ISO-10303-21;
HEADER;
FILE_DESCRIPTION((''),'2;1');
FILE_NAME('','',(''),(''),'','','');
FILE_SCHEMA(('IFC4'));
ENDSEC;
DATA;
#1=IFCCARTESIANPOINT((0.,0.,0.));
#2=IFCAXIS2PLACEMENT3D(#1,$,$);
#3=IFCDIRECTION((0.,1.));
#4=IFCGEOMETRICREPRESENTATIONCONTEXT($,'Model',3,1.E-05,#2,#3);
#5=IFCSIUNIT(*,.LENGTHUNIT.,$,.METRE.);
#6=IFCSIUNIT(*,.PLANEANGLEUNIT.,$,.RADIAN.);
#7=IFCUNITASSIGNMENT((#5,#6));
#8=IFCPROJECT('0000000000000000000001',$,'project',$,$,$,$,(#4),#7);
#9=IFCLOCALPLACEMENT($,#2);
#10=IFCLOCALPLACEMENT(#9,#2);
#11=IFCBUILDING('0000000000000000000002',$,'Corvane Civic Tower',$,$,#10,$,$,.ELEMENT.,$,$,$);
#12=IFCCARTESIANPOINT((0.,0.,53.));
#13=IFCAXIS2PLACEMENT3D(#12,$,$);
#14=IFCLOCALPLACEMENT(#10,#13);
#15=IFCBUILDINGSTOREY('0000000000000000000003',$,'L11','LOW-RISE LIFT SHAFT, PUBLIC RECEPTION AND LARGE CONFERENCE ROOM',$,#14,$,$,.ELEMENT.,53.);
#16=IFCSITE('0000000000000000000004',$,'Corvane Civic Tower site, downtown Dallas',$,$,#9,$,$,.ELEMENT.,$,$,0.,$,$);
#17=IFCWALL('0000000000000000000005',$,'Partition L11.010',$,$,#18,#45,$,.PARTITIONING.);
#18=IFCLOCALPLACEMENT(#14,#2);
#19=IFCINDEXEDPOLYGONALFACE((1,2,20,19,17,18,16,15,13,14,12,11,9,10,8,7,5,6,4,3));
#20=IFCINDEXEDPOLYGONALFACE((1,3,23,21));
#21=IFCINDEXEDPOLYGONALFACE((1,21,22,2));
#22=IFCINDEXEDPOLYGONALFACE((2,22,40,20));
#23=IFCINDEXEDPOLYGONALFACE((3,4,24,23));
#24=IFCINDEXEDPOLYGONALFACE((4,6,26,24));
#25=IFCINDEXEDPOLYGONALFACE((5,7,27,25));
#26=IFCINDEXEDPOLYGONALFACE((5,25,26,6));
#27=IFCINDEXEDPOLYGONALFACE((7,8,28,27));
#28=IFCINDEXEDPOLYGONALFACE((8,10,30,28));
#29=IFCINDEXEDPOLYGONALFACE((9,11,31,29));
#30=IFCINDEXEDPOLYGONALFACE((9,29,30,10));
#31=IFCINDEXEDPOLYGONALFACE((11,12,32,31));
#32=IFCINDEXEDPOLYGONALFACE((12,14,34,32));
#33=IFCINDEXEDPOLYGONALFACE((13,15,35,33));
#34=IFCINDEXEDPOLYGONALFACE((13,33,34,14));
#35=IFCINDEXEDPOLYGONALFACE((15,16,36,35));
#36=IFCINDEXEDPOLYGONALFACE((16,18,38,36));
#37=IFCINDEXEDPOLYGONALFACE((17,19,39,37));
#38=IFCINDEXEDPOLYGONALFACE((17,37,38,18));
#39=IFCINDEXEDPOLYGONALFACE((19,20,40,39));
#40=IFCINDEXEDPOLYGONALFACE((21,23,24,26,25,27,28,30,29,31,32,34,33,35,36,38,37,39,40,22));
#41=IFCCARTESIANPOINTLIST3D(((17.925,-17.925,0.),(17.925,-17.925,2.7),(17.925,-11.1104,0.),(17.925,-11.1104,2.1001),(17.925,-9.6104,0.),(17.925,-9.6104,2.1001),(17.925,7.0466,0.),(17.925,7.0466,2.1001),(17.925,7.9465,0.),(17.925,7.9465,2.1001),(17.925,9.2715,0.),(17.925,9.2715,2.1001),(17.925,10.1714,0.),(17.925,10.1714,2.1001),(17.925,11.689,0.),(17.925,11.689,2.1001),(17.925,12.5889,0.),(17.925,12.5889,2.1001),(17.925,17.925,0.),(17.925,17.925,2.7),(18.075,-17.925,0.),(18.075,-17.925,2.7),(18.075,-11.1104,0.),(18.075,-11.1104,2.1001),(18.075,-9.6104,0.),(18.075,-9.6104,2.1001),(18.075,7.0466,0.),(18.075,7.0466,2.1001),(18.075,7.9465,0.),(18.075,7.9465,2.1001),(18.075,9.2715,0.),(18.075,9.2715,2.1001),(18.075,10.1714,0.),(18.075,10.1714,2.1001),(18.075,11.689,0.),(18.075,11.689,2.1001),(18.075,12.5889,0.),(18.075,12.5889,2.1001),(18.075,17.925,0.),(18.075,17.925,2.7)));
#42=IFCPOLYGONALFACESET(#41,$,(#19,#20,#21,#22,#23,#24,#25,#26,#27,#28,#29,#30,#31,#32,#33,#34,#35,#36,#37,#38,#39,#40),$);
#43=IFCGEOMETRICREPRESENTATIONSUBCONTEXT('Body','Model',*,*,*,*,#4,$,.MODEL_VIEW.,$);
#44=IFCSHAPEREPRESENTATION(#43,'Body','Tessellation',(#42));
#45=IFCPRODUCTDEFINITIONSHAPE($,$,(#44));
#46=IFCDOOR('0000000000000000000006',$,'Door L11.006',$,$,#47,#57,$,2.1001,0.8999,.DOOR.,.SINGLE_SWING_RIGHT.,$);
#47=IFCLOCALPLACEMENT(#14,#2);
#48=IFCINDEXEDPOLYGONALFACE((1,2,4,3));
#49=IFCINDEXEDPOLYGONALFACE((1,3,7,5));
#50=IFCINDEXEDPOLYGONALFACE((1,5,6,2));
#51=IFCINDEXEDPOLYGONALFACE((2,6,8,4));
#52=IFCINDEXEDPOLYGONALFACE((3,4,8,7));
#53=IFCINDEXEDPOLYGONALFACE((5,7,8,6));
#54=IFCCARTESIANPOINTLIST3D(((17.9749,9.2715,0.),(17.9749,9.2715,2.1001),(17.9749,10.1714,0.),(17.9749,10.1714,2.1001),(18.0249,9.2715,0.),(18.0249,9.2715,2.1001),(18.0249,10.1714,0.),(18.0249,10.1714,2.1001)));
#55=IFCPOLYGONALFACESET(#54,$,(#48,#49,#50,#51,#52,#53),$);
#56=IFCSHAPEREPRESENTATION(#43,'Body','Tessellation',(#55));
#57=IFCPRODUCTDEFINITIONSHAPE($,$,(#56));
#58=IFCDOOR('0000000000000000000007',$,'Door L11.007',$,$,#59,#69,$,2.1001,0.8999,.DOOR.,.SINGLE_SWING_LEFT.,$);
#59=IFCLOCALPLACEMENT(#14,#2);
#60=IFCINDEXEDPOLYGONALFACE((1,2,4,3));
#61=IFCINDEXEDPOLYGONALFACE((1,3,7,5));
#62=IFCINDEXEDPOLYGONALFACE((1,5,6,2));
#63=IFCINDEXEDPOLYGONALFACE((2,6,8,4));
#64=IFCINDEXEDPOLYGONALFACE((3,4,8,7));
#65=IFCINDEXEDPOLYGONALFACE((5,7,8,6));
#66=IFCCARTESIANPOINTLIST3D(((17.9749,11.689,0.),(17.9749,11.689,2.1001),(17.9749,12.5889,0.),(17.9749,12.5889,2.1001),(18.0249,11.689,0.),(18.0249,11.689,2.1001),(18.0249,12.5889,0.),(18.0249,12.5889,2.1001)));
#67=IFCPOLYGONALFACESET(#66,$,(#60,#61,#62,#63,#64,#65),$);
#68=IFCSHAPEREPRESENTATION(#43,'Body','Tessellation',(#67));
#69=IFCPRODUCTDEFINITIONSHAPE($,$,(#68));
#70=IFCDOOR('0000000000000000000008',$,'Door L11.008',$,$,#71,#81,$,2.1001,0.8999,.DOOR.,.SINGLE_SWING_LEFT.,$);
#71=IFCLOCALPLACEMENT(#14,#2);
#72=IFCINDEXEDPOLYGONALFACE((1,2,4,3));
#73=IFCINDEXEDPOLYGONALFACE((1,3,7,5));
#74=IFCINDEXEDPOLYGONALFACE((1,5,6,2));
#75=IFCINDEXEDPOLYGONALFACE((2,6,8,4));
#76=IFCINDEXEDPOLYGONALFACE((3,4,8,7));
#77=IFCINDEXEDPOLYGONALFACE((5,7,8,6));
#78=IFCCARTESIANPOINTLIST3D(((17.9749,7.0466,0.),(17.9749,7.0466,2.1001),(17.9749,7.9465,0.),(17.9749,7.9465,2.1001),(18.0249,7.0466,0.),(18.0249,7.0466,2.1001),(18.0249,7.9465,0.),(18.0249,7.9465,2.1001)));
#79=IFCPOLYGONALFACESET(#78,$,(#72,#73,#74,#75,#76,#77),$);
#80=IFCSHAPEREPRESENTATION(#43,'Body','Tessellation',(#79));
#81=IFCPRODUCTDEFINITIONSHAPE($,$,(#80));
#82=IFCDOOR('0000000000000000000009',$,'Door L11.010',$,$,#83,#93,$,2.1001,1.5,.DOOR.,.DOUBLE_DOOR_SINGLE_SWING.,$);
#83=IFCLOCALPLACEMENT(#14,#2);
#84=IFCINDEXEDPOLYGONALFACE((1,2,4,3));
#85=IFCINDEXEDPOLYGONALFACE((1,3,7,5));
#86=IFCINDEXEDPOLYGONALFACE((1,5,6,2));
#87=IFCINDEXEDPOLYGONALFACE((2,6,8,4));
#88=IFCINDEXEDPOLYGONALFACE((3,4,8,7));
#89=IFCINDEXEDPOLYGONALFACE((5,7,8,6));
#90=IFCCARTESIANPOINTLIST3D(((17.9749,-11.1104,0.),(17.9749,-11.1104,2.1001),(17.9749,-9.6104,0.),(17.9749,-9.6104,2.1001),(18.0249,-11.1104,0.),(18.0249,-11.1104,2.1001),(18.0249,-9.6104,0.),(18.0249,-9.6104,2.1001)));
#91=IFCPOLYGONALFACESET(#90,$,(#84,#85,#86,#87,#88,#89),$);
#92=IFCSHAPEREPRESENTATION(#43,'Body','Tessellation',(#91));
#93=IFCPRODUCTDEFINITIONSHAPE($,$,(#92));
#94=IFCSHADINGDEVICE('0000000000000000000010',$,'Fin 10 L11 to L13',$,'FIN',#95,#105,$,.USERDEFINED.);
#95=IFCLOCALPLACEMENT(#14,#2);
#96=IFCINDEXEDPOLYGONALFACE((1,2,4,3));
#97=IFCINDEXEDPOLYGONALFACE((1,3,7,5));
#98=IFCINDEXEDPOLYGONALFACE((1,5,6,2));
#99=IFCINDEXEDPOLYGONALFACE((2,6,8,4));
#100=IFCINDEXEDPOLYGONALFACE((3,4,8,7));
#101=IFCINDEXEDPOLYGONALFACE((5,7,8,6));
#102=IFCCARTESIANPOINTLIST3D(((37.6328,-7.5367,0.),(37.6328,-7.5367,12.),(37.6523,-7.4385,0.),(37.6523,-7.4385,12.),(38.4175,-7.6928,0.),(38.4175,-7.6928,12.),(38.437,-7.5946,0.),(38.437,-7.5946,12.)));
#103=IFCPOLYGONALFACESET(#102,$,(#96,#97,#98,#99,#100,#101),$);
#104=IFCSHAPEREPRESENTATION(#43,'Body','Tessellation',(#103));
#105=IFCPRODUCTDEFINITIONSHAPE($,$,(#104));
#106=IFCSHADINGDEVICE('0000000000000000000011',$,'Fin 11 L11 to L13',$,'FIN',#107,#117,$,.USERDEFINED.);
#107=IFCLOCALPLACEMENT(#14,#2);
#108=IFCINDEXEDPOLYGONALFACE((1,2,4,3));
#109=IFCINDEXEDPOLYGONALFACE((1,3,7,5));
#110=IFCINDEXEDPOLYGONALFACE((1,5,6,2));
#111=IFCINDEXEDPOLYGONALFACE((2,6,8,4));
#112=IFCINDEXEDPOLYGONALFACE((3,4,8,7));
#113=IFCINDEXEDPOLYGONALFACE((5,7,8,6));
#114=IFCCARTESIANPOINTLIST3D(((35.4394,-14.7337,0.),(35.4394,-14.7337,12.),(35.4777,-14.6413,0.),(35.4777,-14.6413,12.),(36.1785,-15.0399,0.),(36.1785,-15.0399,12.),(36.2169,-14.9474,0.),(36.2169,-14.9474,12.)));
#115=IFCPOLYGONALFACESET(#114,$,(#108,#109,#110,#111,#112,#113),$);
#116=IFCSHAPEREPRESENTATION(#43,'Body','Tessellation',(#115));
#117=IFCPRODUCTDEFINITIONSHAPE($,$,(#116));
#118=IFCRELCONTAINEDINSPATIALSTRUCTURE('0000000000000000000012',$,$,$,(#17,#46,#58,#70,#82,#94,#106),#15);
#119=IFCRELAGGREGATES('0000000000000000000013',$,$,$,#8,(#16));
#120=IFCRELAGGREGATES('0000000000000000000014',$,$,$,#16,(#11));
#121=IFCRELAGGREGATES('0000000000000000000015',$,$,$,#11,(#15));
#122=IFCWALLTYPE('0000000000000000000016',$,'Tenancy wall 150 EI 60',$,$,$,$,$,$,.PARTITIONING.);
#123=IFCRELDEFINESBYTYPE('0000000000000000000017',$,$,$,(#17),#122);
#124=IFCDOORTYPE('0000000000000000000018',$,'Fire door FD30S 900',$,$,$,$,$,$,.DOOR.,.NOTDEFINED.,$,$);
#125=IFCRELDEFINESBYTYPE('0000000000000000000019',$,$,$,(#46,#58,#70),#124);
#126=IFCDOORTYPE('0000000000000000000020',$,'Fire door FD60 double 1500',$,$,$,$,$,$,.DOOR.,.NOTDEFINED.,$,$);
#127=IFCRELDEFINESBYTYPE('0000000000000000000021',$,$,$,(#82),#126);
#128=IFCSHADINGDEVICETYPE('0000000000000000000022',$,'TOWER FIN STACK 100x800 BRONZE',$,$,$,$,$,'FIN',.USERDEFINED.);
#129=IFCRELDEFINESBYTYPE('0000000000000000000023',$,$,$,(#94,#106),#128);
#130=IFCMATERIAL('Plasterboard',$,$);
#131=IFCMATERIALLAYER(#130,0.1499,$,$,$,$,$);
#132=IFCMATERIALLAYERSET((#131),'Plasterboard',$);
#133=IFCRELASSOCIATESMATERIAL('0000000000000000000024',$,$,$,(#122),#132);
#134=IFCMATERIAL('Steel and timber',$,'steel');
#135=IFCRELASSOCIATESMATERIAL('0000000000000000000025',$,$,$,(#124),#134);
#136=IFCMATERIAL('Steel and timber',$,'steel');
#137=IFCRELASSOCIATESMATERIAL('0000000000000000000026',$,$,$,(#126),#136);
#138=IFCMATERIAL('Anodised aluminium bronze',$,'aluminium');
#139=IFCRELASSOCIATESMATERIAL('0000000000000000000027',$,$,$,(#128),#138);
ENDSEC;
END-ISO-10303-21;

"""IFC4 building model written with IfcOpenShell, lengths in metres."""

from ifc_helpers import new_model, si_unit, direction, frame, frame_2d, origin, origin_2d, place, context, subcontext, project, spatial, rectangle, extrude, material, layer, layer_set, material_profile, profile_set, type_object, element, fill, save


model = new_model("IFC4")

# Units and contexts
model_context = context("Model", 3, precision=1e-05, world=origin(), true_north=direction((0.0, 1.0)))
body_context = subcontext(model_context, "Body", "Model", "MODEL_VIEW")
ifc_project = project(units=[si_unit("LENGTHUNIT", "METRE"), si_unit("PLANEANGLEUNIT", "RADIAN")], contexts=[model_context])

# Site, building, storey
site_placement = place(None, origin())
site = spatial("IfcSite", under=ifc_project, at=site_placement, Name="Corvane Civic Tower site, downtown Dallas", CompositionType="ELEMENT", RefElevation=0.0)
building_placement = place(site_placement, origin())
building = spatial("IfcBuilding", under=site, at=building_placement, Name="Corvane Civic Tower", CompositionType="ELEMENT")
storey_placement = place(building_placement, frame((0.0, 0.0, 53.0)))
storey = spatial("IfcBuildingStorey", under=building, at=storey_placement, Name="L11", Description="LOW-RISE LIFT SHAFT, PUBLIC RECEPTION AND LARGE CONFERENCE ROOM", CompositionType="ELEMENT", Elevation=53.0)

# Wall, openings, doors
ifc_material_1 = material(Name="Plasterboard")
ifc_layer_1 = layer(ifc_material_1, 0.1499)
ifc_layer_set_1 = layer_set([ifc_layer_1], Name="Plasterboard")
wall_type_1 = type_object("IfcWallType", Name="Tenancy wall 150 EI 60", PredefinedType="PARTITIONING", material=ifc_layer_set_1)
wall_1_placement = place(storey_placement, frame((18.0, -17.925, 0.0), z_axis=(0.0, 0.0, 1.0), x_axis=(0.0, 1.0, 0.0)))
wall_1 = element("IfcWall", 1, at=wall_1_placement, inside=storey, type_object=wall_type_1, Name="Partition L11.010", PredefinedType="PARTITIONING", context=body_context, shape_type="SweptSolid", body=[
    extrude(rectangle(XDim=35.8501, YDim=0.1499, at=frame_2d((17.925, 0.0))), origin(), (0.0, 0.0, 1.0), 2.7),
])
opening_1_placement = place(wall_1_placement, frame((27.1965, 0.0, 0.0)))
opening_1 = element("IfcOpeningElement", 2, at=opening_1_placement, cuts=wall_1, PredefinedType="OPENING", context=body_context, shape_type="SweptSolid", body=[
    extrude(rectangle(XDim=0.8999, YDim=2.1001, at=frame_2d((0.45, 1.05))), frame((0.0, 0.085, 0.0), z_axis=(0.0, -1.0, 0.0), x_axis=(1.0, 0.0, 0.0)), (0.0, 0.0, 1.0), 0.1699),
])
opening_2_placement = place(wall_1_placement, frame((29.614, 0.0, 0.0)))
opening_2 = element("IfcOpeningElement", 3, at=opening_2_placement, cuts=wall_1, PredefinedType="OPENING", context=body_context, shape_type="SweptSolid", body=[
    extrude(rectangle(XDim=0.8999, YDim=2.1001, at=frame_2d((0.45, 1.05))), frame((0.0, 0.085, 0.0), z_axis=(0.0, -1.0, 0.0), x_axis=(1.0, 0.0, 0.0)), (0.0, 0.0, 1.0), 0.1699),
])
opening_3_placement = place(wall_1_placement, frame((24.9717, 0.0, 0.0)))
opening_3 = element("IfcOpeningElement", 4, at=opening_3_placement, cuts=wall_1, PredefinedType="OPENING", context=body_context, shape_type="SweptSolid", body=[
    extrude(rectangle(XDim=0.8999, YDim=2.1001, at=frame_2d((0.45, 1.05))), frame((0.0, 0.085, 0.0), z_axis=(0.0, -1.0, 0.0), x_axis=(1.0, 0.0, 0.0)), (0.0, 0.0, 1.0), 0.1699),
])
opening_4_placement = place(wall_1_placement, frame((6.8147, 0.0, 0.0)))
opening_4 = element("IfcOpeningElement", 5, at=opening_4_placement, cuts=wall_1, PredefinedType="OPENING", context=body_context, shape_type="SweptSolid", body=[
    extrude(rectangle(XDim=1.5, YDim=2.1001, at=frame_2d((0.75, 1.05))), frame((0.0, 0.085, 0.0), z_axis=(0.0, -1.0, 0.0), x_axis=(1.0, 0.0, 0.0)), (0.0, 0.0, 1.0), 0.1699),
])
ifc_material_2 = material(Name="Steel and timber", Category="steel")
door_type_1 = type_object("IfcDoorType", Name="Fire door FD30S 900", OperationType="NOTDEFINED", PredefinedType="DOOR", material=ifc_material_2)
door_1_placement = place(opening_1_placement, frame((0.8999, 0.0, 0.0), z_axis=(0.0, 0.0, 1.0), x_axis=(-1.0, 0.0, 0.0)))
door_1 = element("IfcDoor", 6, at=door_1_placement, inside=storey, type_object=door_type_1, Name="Door L11.006", OperationType="SINGLE_SWING_RIGHT", OverallHeight=2.1001, OverallWidth=0.8999, PredefinedType="DOOR", context=body_context, shape_type="SweptSolid", body=[
    extrude(rectangle(XDim=0.8999, YDim=2.1001, at=frame_2d((0.45, 1.05))), frame((0.0, 0.0249, 0.0), z_axis=(0.0, -1.0, 0.0), x_axis=(1.0, 0.0, 0.0)), (0.0, 0.0, 1.0), 0.05),
])
fill(opening_1, door_1)
door_2_placement = place(opening_2_placement, frame((0.8999, 0.0, 0.0), z_axis=(0.0, 0.0, 1.0), x_axis=(-1.0, 0.0, 0.0)))
door_2 = element("IfcDoor", 7, at=door_2_placement, inside=storey, type_object=door_type_1, Name="Door L11.007", OperationType="SINGLE_SWING_LEFT", OverallHeight=2.1001, OverallWidth=0.8999, PredefinedType="DOOR", context=body_context, shape_type="SweptSolid", body=[
    extrude(rectangle(XDim=0.8999, YDim=2.1001, at=frame_2d((0.45, 1.05))), frame((0.0, 0.0249, 0.0), z_axis=(0.0, -1.0, 0.0), x_axis=(1.0, 0.0, 0.0)), (0.0, 0.0, 1.0), 0.05),
])
fill(opening_2, door_2)
door_3_placement = place(opening_3_placement, frame((0.8999, 0.0, 0.0), z_axis=(0.0, 0.0, 1.0), x_axis=(-1.0, 0.0, 0.0)))
door_3 = element("IfcDoor", 8, at=door_3_placement, inside=storey, type_object=door_type_1, Name="Door L11.008", OperationType="SINGLE_SWING_LEFT", OverallHeight=2.1001, OverallWidth=0.8999, PredefinedType="DOOR", context=body_context, shape_type="SweptSolid", body=[
    extrude(rectangle(XDim=0.8999, YDim=2.1001, at=frame_2d((0.45, 1.05))), frame((0.0, 0.0249, 0.0), z_axis=(0.0, -1.0, 0.0), x_axis=(1.0, 0.0, 0.0)), (0.0, 0.0, 1.0), 0.05),
])
fill(opening_3, door_3)
ifc_material_3 = material(Name="Steel and timber", Category="steel")
door_type_2 = type_object("IfcDoorType", Name="Fire door FD60 double 1500", OperationType="NOTDEFINED", PredefinedType="DOOR", material=ifc_material_3)
door_4_placement = place(opening_4_placement, frame((1.5, 0.0, 0.0), z_axis=(0.0, 0.0, 1.0), x_axis=(-1.0, 0.0, 0.0)))
door_4 = element("IfcDoor", 9, at=door_4_placement, inside=storey, type_object=door_type_2, Name="Door L11.010", OperationType="DOUBLE_DOOR_SINGLE_SWING", OverallHeight=2.1001, OverallWidth=1.5, PredefinedType="DOOR", context=body_context, shape_type="SweptSolid", body=[
    extrude(rectangle(XDim=1.5, YDim=2.1001, at=frame_2d((0.75, 1.05))), frame((0.0, 0.0249, 0.0), z_axis=(0.0, -1.0, 0.0), x_axis=(1.0, 0.0, 0.0)), (0.0, 0.0, 1.0), 0.05),
])
fill(opening_4, door_4)

# Shading devices
ifc_material_4 = material(Name="Anodised aluminium bronze", Category="aluminium")
ifc_material_profile_1 = material_profile(ifc_material_4, rectangle(XDim=0.1001, YDim=0.8, at=origin_2d()), Name="TOWER FIN STACK 100x800 BRONZE")
ifc_profile_set_1 = profile_set([ifc_material_profile_1], Name="Anodised aluminium bronze")
shading_device_type = type_object("IfcShadingDeviceType", Name="TOWER FIN STACK 100x800 BRONZE", ElementType="FIN", PredefinedType="USERDEFINED", material=ifc_profile_set_1)
for number, where, z_axis, x_axis, name in (
    (10, (38.0349, -7.5657, 0.0), (0.0, 0.0, 1.0), (-0.19509, -0.980785, 0.0), "Fin 10 L11 to L13"),
    (11, (35.8281, -14.8406, 0.0), (0.0, 0.0, 1.0), (-0.382683, -0.92388, 0.0), "Fin 11 L11 to L13"),
):
    element("IfcShadingDevice", number, at=place(storey_placement, frame(where, z_axis=z_axis, x_axis=x_axis)), inside=storey, type_object=shading_device_type, Name=name, ObjectType="FIN", PredefinedType="USERDEFINED", context=body_context, shape_type="SweptSolid", body=[
        extrude(rectangle(XDim=0.1001, YDim=0.8, at=origin_2d()), origin(), (0.0, 0.0, 1.0), 12.0),
    ])

save(model, "model.ifc")
